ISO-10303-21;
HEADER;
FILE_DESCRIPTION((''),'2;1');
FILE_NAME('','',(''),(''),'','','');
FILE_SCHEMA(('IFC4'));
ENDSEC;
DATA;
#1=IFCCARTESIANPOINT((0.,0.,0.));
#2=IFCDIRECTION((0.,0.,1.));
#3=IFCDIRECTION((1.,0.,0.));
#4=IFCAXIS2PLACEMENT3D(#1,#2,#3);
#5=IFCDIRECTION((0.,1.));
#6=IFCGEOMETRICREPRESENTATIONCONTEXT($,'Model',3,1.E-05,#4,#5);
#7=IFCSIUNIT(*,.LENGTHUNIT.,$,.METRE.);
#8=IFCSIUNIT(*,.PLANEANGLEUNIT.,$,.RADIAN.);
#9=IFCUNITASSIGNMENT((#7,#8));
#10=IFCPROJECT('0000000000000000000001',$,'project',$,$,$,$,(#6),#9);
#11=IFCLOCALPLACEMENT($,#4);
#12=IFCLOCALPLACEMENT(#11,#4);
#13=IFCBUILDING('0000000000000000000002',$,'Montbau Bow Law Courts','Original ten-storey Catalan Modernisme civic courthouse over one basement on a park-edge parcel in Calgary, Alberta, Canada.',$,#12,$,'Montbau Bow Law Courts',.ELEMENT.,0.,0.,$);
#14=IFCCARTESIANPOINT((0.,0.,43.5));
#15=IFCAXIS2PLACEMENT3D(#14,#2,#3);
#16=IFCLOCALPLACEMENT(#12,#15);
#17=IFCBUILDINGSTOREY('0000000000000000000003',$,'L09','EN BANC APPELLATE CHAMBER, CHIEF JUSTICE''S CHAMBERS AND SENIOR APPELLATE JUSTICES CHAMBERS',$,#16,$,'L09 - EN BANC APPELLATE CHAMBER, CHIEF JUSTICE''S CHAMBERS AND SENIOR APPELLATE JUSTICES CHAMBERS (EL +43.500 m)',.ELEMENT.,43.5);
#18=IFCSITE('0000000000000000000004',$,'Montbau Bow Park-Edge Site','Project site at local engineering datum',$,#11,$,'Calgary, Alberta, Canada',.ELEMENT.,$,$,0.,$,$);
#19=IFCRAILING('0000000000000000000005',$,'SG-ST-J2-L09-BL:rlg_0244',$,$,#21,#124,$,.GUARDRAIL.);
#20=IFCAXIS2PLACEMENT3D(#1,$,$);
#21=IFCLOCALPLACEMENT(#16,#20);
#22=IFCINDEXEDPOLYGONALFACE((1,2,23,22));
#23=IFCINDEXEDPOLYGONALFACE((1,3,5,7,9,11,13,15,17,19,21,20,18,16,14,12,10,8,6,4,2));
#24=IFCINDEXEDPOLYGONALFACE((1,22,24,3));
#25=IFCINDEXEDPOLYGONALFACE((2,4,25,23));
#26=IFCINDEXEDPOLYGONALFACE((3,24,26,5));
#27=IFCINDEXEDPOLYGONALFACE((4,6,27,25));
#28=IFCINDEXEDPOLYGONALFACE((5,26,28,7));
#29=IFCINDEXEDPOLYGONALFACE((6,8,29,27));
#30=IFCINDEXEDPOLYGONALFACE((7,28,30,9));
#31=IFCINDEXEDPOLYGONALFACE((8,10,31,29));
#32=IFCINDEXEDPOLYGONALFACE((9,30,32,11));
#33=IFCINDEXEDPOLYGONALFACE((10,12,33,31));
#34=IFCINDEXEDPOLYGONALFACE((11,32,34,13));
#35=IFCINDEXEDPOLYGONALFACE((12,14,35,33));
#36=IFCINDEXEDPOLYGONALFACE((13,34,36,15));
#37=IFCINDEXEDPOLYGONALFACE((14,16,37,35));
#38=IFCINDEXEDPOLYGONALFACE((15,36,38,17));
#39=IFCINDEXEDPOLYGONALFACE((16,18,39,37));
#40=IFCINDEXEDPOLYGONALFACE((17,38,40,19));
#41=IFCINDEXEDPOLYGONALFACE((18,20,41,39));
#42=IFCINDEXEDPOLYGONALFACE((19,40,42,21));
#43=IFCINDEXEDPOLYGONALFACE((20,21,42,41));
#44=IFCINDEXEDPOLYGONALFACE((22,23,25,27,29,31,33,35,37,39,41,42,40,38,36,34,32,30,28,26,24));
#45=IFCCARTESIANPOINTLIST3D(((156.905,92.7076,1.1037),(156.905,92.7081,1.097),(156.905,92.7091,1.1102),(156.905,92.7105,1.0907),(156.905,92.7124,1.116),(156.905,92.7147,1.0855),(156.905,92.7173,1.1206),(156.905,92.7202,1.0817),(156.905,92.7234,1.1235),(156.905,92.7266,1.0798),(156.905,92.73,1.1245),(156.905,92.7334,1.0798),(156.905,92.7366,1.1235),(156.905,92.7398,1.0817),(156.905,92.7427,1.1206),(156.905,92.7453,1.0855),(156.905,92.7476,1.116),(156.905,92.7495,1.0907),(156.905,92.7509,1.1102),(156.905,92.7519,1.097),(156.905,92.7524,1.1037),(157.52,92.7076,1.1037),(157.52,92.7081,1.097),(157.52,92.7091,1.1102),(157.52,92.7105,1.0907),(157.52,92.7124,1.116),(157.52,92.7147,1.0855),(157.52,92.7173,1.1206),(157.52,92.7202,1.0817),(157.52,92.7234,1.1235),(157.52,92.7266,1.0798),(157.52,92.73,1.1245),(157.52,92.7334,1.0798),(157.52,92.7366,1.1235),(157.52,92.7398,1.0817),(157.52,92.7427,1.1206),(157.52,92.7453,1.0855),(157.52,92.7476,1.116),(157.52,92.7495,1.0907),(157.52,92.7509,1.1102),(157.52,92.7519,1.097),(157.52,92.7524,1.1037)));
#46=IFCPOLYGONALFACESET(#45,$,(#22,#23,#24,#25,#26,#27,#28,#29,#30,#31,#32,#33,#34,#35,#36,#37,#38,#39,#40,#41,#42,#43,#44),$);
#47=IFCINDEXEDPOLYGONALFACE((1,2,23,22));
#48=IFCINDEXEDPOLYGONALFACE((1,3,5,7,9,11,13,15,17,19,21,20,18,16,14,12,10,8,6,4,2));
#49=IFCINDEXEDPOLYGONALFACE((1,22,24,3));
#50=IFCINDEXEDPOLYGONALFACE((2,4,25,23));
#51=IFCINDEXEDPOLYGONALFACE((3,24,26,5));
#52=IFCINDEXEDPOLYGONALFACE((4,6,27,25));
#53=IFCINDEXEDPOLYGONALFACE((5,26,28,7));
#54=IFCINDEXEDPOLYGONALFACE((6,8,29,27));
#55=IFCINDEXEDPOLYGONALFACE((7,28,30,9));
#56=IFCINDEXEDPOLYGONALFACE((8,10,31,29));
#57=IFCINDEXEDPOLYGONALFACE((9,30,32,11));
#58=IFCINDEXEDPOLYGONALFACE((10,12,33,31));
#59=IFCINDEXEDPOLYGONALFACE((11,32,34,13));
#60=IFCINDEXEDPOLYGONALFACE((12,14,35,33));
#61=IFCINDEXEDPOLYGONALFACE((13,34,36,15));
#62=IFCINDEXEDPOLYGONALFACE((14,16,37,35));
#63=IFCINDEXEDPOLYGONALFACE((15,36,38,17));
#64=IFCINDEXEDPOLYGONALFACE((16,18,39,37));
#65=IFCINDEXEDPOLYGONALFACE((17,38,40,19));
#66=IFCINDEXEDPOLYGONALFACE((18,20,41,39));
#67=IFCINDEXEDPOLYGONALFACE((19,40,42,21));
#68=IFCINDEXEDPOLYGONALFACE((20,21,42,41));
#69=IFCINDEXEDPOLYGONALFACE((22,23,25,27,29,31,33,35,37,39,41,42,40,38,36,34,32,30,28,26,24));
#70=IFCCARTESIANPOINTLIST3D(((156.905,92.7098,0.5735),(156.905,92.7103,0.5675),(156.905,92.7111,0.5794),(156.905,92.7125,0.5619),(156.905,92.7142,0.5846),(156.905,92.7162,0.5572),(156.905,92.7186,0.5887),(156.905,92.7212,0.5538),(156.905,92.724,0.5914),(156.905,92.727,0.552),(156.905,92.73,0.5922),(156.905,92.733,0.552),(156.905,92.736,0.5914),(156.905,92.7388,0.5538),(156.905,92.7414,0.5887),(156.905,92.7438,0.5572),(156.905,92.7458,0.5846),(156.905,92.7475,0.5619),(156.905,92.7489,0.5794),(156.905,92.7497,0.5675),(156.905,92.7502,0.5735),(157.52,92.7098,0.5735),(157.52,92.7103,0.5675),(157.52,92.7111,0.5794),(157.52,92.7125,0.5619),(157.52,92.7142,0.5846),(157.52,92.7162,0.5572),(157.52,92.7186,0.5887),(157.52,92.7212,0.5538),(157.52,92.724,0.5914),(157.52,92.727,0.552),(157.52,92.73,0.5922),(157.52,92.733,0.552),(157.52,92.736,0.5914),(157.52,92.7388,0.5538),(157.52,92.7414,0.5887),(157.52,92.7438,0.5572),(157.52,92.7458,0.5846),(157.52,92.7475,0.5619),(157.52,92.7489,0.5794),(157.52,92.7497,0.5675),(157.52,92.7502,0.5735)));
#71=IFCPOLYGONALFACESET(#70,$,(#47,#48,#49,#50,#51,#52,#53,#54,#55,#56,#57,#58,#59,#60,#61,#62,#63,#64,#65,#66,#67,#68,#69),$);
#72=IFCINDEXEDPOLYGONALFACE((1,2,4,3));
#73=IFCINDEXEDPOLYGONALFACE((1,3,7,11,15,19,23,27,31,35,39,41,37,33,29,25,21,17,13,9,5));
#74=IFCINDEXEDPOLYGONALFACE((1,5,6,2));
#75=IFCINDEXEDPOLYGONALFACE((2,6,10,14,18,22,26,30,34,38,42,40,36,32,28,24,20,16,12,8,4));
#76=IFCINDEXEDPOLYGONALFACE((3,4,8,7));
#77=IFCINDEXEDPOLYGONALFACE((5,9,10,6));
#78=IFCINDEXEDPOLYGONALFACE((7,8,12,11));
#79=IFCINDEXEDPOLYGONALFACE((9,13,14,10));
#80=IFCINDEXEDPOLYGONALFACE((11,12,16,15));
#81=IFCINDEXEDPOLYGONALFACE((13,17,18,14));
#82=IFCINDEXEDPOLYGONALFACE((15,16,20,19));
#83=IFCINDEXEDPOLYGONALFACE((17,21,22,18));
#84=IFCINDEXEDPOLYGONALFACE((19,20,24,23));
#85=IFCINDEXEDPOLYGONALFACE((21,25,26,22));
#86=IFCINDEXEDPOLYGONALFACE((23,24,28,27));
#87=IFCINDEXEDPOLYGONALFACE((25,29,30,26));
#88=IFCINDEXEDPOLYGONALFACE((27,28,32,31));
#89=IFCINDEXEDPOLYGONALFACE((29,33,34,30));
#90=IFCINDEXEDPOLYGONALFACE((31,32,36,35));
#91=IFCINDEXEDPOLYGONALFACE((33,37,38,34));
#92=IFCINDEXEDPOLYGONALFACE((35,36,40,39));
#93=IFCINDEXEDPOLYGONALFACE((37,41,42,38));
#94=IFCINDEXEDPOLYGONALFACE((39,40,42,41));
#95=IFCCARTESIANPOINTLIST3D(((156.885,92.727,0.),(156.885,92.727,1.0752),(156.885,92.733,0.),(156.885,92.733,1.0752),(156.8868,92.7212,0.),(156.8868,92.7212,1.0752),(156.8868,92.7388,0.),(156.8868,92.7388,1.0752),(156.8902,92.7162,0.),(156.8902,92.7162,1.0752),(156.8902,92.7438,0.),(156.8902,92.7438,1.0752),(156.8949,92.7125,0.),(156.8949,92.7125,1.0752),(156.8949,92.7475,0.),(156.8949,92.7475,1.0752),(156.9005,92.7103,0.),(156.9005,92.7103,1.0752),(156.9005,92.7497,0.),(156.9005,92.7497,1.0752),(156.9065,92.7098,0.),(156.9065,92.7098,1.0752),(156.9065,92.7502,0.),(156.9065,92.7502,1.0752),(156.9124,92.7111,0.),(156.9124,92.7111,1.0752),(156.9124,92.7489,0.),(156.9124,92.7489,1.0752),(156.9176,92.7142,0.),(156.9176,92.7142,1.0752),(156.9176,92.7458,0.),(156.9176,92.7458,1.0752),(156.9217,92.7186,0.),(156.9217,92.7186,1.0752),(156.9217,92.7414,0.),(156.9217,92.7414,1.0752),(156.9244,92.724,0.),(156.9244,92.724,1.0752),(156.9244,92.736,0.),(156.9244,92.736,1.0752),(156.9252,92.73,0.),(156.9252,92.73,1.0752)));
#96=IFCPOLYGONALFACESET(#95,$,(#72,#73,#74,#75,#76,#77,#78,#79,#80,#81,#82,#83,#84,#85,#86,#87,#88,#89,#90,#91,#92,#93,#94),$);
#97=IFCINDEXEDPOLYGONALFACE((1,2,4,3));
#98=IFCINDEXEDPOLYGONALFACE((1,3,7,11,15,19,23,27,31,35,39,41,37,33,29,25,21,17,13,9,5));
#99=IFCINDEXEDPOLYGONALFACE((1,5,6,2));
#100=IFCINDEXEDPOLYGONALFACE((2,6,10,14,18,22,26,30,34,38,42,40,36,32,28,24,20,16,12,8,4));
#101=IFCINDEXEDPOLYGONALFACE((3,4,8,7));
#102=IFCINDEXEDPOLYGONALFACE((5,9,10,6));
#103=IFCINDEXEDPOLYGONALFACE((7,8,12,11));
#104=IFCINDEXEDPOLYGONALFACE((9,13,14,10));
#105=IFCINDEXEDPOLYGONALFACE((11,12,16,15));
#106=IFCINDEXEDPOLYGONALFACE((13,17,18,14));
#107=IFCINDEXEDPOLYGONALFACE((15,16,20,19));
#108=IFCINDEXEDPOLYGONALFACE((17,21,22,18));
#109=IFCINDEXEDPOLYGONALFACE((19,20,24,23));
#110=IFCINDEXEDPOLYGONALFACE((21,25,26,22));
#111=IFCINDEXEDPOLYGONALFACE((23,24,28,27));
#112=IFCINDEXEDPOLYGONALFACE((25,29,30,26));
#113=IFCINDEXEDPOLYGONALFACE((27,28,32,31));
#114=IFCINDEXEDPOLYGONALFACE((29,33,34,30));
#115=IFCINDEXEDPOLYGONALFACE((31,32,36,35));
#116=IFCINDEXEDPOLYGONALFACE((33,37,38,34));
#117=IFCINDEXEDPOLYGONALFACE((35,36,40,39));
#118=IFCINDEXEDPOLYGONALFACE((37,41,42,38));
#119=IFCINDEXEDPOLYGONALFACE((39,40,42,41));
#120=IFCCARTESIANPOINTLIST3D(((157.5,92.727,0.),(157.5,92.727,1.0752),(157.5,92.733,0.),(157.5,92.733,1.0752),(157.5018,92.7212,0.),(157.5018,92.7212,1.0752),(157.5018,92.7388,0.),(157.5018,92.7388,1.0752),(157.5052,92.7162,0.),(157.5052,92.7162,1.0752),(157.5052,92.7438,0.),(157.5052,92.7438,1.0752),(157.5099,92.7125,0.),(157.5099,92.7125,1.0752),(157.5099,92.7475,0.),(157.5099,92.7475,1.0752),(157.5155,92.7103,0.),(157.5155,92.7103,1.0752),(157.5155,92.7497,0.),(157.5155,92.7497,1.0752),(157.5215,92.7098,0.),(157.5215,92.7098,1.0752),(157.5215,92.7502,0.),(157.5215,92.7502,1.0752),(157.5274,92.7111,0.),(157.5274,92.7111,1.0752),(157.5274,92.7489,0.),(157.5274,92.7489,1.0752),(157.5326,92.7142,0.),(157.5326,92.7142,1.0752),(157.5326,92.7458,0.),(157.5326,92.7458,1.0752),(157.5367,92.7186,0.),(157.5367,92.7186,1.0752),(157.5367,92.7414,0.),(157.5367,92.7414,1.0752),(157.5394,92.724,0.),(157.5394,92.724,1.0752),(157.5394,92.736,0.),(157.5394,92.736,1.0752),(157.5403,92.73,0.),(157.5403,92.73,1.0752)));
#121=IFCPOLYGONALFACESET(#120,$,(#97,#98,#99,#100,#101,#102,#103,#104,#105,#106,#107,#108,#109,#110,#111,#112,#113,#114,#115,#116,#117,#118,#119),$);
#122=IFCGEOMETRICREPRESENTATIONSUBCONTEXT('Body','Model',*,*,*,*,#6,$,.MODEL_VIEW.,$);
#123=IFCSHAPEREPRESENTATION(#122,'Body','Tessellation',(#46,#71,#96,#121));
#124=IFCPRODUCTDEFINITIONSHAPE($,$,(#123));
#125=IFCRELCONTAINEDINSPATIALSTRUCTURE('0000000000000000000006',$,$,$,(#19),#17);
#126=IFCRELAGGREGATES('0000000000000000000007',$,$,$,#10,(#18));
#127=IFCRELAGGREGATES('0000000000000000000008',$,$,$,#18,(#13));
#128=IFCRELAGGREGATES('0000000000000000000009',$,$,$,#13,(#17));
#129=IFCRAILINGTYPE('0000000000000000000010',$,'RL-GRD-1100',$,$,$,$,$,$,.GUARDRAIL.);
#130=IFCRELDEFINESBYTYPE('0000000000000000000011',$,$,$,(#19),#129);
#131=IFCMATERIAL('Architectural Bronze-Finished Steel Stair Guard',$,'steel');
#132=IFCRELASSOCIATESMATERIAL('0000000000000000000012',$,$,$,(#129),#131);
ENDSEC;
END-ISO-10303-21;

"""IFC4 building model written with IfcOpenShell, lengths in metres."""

from ifc_helpers import new_model, si_unit, direction, frame, origin_with_axes, origin_2d_with_axis, place, context, subcontext, project, spatial, circle, extrude, material, type_object, element, save


model = new_model("IFC4")

# Units and contexts
model_context = context("Model", 3, precision=1e-05, world=origin_with_axes(), true_north=direction((0.0, 1.0)))
body_context = subcontext(model_context, "Body", "Model", "MODEL_VIEW")
ifc_project = project(units=[si_unit("LENGTHUNIT", "METRE"), si_unit("PLANEANGLEUNIT", "RADIAN")], contexts=[model_context])

# Site, building, storey
site_placement = place(None, origin_with_axes())
site = spatial("IfcSite", under=ifc_project, at=site_placement, Name="Montbau Bow Park-Edge Site", Description="Project site at local engineering datum", LongName="Calgary, Alberta, Canada", CompositionType="ELEMENT", RefElevation=0.0)
building_placement = place(site_placement, origin_with_axes())
building = spatial("IfcBuilding", under=site, at=building_placement, Name="Montbau Bow Law Courts", Description="Original ten-storey Catalan Modernisme civic courthouse over one basement on a park-edge parcel in Calgary, Alberta, Canada.", LongName="Montbau Bow Law Courts", CompositionType="ELEMENT", ElevationOfRefHeight=0.0, ElevationOfTerrain=0.0)
storey_placement = place(building_placement, frame((0.0, 0.0, 43.5), z_axis=(0.0, 0.0, 1.0), x_axis=(1.0, 0.0, 0.0)))
storey = spatial("IfcBuildingStorey", under=building, at=storey_placement, Name="L09", Description="EN BANC APPELLATE CHAMBER, CHIEF JUSTICE'S CHAMBERS AND SENIOR APPELLATE JUSTICES CHAMBERS", LongName="L09 - EN BANC APPELLATE CHAMBER, CHIEF JUSTICE'S CHAMBERS AND SENIOR APPELLATE JUSTICES CHAMBERS (EL +43.500 m)", CompositionType="ELEMENT", Elevation=43.5)

# Railing
ifc_material_1 = material(Name="Architectural Bronze-Finished Steel Stair Guard", Category="steel")
railing_type_1 = type_object("IfcRailingType", Name="RL-GRD-1100", PredefinedType="GUARDRAIL", material=ifc_material_1)
railing_1_placement = place(None, origin_with_axes())
element("IfcRailing", 1, at=railing_1_placement, inside=storey, type_object=railing_type_1, Name="SG-ST-J2-L09-BL:rlg_0244", PredefinedType="GUARDRAIL", context=body_context, shape_type="SweptSolid", body=[
    extrude(circle(Radius=0.0225, at=origin_2d_with_axis()), frame((156.905, 92.73, 44.602), z_axis=(1.0, 0.0, 0.0), x_axis=(0.0, 0.0, 1.0)), (0.0, 0.0, 1.0), 0.615),
    extrude(circle(Radius=0.0203, at=origin_2d_with_axis()), frame((156.905, 92.73, 44.072), z_axis=(1.0, 0.0, 0.0), x_axis=(0.0, 0.0, 1.0)), (0.0, 0.0, 1.0), 0.615),
    extrude(circle(Radius=0.0203, at=origin_2d_with_axis()), frame((156.905, 92.73, 43.5), z_axis=(0.0, 0.0, 1.0), x_axis=(1.0, 0.0, 0.0)), (0.0, 0.0, 1.0), 1.0753),
    extrude(circle(Radius=0.0203, at=origin_2d_with_axis()), frame((157.52, 92.73, 43.5), z_axis=(0.0, 0.0, 1.0), x_axis=(1.0, 0.0, 0.0)), (0.0, 0.0, 1.0), 1.0753),
])

save(model, "model.ifc")
